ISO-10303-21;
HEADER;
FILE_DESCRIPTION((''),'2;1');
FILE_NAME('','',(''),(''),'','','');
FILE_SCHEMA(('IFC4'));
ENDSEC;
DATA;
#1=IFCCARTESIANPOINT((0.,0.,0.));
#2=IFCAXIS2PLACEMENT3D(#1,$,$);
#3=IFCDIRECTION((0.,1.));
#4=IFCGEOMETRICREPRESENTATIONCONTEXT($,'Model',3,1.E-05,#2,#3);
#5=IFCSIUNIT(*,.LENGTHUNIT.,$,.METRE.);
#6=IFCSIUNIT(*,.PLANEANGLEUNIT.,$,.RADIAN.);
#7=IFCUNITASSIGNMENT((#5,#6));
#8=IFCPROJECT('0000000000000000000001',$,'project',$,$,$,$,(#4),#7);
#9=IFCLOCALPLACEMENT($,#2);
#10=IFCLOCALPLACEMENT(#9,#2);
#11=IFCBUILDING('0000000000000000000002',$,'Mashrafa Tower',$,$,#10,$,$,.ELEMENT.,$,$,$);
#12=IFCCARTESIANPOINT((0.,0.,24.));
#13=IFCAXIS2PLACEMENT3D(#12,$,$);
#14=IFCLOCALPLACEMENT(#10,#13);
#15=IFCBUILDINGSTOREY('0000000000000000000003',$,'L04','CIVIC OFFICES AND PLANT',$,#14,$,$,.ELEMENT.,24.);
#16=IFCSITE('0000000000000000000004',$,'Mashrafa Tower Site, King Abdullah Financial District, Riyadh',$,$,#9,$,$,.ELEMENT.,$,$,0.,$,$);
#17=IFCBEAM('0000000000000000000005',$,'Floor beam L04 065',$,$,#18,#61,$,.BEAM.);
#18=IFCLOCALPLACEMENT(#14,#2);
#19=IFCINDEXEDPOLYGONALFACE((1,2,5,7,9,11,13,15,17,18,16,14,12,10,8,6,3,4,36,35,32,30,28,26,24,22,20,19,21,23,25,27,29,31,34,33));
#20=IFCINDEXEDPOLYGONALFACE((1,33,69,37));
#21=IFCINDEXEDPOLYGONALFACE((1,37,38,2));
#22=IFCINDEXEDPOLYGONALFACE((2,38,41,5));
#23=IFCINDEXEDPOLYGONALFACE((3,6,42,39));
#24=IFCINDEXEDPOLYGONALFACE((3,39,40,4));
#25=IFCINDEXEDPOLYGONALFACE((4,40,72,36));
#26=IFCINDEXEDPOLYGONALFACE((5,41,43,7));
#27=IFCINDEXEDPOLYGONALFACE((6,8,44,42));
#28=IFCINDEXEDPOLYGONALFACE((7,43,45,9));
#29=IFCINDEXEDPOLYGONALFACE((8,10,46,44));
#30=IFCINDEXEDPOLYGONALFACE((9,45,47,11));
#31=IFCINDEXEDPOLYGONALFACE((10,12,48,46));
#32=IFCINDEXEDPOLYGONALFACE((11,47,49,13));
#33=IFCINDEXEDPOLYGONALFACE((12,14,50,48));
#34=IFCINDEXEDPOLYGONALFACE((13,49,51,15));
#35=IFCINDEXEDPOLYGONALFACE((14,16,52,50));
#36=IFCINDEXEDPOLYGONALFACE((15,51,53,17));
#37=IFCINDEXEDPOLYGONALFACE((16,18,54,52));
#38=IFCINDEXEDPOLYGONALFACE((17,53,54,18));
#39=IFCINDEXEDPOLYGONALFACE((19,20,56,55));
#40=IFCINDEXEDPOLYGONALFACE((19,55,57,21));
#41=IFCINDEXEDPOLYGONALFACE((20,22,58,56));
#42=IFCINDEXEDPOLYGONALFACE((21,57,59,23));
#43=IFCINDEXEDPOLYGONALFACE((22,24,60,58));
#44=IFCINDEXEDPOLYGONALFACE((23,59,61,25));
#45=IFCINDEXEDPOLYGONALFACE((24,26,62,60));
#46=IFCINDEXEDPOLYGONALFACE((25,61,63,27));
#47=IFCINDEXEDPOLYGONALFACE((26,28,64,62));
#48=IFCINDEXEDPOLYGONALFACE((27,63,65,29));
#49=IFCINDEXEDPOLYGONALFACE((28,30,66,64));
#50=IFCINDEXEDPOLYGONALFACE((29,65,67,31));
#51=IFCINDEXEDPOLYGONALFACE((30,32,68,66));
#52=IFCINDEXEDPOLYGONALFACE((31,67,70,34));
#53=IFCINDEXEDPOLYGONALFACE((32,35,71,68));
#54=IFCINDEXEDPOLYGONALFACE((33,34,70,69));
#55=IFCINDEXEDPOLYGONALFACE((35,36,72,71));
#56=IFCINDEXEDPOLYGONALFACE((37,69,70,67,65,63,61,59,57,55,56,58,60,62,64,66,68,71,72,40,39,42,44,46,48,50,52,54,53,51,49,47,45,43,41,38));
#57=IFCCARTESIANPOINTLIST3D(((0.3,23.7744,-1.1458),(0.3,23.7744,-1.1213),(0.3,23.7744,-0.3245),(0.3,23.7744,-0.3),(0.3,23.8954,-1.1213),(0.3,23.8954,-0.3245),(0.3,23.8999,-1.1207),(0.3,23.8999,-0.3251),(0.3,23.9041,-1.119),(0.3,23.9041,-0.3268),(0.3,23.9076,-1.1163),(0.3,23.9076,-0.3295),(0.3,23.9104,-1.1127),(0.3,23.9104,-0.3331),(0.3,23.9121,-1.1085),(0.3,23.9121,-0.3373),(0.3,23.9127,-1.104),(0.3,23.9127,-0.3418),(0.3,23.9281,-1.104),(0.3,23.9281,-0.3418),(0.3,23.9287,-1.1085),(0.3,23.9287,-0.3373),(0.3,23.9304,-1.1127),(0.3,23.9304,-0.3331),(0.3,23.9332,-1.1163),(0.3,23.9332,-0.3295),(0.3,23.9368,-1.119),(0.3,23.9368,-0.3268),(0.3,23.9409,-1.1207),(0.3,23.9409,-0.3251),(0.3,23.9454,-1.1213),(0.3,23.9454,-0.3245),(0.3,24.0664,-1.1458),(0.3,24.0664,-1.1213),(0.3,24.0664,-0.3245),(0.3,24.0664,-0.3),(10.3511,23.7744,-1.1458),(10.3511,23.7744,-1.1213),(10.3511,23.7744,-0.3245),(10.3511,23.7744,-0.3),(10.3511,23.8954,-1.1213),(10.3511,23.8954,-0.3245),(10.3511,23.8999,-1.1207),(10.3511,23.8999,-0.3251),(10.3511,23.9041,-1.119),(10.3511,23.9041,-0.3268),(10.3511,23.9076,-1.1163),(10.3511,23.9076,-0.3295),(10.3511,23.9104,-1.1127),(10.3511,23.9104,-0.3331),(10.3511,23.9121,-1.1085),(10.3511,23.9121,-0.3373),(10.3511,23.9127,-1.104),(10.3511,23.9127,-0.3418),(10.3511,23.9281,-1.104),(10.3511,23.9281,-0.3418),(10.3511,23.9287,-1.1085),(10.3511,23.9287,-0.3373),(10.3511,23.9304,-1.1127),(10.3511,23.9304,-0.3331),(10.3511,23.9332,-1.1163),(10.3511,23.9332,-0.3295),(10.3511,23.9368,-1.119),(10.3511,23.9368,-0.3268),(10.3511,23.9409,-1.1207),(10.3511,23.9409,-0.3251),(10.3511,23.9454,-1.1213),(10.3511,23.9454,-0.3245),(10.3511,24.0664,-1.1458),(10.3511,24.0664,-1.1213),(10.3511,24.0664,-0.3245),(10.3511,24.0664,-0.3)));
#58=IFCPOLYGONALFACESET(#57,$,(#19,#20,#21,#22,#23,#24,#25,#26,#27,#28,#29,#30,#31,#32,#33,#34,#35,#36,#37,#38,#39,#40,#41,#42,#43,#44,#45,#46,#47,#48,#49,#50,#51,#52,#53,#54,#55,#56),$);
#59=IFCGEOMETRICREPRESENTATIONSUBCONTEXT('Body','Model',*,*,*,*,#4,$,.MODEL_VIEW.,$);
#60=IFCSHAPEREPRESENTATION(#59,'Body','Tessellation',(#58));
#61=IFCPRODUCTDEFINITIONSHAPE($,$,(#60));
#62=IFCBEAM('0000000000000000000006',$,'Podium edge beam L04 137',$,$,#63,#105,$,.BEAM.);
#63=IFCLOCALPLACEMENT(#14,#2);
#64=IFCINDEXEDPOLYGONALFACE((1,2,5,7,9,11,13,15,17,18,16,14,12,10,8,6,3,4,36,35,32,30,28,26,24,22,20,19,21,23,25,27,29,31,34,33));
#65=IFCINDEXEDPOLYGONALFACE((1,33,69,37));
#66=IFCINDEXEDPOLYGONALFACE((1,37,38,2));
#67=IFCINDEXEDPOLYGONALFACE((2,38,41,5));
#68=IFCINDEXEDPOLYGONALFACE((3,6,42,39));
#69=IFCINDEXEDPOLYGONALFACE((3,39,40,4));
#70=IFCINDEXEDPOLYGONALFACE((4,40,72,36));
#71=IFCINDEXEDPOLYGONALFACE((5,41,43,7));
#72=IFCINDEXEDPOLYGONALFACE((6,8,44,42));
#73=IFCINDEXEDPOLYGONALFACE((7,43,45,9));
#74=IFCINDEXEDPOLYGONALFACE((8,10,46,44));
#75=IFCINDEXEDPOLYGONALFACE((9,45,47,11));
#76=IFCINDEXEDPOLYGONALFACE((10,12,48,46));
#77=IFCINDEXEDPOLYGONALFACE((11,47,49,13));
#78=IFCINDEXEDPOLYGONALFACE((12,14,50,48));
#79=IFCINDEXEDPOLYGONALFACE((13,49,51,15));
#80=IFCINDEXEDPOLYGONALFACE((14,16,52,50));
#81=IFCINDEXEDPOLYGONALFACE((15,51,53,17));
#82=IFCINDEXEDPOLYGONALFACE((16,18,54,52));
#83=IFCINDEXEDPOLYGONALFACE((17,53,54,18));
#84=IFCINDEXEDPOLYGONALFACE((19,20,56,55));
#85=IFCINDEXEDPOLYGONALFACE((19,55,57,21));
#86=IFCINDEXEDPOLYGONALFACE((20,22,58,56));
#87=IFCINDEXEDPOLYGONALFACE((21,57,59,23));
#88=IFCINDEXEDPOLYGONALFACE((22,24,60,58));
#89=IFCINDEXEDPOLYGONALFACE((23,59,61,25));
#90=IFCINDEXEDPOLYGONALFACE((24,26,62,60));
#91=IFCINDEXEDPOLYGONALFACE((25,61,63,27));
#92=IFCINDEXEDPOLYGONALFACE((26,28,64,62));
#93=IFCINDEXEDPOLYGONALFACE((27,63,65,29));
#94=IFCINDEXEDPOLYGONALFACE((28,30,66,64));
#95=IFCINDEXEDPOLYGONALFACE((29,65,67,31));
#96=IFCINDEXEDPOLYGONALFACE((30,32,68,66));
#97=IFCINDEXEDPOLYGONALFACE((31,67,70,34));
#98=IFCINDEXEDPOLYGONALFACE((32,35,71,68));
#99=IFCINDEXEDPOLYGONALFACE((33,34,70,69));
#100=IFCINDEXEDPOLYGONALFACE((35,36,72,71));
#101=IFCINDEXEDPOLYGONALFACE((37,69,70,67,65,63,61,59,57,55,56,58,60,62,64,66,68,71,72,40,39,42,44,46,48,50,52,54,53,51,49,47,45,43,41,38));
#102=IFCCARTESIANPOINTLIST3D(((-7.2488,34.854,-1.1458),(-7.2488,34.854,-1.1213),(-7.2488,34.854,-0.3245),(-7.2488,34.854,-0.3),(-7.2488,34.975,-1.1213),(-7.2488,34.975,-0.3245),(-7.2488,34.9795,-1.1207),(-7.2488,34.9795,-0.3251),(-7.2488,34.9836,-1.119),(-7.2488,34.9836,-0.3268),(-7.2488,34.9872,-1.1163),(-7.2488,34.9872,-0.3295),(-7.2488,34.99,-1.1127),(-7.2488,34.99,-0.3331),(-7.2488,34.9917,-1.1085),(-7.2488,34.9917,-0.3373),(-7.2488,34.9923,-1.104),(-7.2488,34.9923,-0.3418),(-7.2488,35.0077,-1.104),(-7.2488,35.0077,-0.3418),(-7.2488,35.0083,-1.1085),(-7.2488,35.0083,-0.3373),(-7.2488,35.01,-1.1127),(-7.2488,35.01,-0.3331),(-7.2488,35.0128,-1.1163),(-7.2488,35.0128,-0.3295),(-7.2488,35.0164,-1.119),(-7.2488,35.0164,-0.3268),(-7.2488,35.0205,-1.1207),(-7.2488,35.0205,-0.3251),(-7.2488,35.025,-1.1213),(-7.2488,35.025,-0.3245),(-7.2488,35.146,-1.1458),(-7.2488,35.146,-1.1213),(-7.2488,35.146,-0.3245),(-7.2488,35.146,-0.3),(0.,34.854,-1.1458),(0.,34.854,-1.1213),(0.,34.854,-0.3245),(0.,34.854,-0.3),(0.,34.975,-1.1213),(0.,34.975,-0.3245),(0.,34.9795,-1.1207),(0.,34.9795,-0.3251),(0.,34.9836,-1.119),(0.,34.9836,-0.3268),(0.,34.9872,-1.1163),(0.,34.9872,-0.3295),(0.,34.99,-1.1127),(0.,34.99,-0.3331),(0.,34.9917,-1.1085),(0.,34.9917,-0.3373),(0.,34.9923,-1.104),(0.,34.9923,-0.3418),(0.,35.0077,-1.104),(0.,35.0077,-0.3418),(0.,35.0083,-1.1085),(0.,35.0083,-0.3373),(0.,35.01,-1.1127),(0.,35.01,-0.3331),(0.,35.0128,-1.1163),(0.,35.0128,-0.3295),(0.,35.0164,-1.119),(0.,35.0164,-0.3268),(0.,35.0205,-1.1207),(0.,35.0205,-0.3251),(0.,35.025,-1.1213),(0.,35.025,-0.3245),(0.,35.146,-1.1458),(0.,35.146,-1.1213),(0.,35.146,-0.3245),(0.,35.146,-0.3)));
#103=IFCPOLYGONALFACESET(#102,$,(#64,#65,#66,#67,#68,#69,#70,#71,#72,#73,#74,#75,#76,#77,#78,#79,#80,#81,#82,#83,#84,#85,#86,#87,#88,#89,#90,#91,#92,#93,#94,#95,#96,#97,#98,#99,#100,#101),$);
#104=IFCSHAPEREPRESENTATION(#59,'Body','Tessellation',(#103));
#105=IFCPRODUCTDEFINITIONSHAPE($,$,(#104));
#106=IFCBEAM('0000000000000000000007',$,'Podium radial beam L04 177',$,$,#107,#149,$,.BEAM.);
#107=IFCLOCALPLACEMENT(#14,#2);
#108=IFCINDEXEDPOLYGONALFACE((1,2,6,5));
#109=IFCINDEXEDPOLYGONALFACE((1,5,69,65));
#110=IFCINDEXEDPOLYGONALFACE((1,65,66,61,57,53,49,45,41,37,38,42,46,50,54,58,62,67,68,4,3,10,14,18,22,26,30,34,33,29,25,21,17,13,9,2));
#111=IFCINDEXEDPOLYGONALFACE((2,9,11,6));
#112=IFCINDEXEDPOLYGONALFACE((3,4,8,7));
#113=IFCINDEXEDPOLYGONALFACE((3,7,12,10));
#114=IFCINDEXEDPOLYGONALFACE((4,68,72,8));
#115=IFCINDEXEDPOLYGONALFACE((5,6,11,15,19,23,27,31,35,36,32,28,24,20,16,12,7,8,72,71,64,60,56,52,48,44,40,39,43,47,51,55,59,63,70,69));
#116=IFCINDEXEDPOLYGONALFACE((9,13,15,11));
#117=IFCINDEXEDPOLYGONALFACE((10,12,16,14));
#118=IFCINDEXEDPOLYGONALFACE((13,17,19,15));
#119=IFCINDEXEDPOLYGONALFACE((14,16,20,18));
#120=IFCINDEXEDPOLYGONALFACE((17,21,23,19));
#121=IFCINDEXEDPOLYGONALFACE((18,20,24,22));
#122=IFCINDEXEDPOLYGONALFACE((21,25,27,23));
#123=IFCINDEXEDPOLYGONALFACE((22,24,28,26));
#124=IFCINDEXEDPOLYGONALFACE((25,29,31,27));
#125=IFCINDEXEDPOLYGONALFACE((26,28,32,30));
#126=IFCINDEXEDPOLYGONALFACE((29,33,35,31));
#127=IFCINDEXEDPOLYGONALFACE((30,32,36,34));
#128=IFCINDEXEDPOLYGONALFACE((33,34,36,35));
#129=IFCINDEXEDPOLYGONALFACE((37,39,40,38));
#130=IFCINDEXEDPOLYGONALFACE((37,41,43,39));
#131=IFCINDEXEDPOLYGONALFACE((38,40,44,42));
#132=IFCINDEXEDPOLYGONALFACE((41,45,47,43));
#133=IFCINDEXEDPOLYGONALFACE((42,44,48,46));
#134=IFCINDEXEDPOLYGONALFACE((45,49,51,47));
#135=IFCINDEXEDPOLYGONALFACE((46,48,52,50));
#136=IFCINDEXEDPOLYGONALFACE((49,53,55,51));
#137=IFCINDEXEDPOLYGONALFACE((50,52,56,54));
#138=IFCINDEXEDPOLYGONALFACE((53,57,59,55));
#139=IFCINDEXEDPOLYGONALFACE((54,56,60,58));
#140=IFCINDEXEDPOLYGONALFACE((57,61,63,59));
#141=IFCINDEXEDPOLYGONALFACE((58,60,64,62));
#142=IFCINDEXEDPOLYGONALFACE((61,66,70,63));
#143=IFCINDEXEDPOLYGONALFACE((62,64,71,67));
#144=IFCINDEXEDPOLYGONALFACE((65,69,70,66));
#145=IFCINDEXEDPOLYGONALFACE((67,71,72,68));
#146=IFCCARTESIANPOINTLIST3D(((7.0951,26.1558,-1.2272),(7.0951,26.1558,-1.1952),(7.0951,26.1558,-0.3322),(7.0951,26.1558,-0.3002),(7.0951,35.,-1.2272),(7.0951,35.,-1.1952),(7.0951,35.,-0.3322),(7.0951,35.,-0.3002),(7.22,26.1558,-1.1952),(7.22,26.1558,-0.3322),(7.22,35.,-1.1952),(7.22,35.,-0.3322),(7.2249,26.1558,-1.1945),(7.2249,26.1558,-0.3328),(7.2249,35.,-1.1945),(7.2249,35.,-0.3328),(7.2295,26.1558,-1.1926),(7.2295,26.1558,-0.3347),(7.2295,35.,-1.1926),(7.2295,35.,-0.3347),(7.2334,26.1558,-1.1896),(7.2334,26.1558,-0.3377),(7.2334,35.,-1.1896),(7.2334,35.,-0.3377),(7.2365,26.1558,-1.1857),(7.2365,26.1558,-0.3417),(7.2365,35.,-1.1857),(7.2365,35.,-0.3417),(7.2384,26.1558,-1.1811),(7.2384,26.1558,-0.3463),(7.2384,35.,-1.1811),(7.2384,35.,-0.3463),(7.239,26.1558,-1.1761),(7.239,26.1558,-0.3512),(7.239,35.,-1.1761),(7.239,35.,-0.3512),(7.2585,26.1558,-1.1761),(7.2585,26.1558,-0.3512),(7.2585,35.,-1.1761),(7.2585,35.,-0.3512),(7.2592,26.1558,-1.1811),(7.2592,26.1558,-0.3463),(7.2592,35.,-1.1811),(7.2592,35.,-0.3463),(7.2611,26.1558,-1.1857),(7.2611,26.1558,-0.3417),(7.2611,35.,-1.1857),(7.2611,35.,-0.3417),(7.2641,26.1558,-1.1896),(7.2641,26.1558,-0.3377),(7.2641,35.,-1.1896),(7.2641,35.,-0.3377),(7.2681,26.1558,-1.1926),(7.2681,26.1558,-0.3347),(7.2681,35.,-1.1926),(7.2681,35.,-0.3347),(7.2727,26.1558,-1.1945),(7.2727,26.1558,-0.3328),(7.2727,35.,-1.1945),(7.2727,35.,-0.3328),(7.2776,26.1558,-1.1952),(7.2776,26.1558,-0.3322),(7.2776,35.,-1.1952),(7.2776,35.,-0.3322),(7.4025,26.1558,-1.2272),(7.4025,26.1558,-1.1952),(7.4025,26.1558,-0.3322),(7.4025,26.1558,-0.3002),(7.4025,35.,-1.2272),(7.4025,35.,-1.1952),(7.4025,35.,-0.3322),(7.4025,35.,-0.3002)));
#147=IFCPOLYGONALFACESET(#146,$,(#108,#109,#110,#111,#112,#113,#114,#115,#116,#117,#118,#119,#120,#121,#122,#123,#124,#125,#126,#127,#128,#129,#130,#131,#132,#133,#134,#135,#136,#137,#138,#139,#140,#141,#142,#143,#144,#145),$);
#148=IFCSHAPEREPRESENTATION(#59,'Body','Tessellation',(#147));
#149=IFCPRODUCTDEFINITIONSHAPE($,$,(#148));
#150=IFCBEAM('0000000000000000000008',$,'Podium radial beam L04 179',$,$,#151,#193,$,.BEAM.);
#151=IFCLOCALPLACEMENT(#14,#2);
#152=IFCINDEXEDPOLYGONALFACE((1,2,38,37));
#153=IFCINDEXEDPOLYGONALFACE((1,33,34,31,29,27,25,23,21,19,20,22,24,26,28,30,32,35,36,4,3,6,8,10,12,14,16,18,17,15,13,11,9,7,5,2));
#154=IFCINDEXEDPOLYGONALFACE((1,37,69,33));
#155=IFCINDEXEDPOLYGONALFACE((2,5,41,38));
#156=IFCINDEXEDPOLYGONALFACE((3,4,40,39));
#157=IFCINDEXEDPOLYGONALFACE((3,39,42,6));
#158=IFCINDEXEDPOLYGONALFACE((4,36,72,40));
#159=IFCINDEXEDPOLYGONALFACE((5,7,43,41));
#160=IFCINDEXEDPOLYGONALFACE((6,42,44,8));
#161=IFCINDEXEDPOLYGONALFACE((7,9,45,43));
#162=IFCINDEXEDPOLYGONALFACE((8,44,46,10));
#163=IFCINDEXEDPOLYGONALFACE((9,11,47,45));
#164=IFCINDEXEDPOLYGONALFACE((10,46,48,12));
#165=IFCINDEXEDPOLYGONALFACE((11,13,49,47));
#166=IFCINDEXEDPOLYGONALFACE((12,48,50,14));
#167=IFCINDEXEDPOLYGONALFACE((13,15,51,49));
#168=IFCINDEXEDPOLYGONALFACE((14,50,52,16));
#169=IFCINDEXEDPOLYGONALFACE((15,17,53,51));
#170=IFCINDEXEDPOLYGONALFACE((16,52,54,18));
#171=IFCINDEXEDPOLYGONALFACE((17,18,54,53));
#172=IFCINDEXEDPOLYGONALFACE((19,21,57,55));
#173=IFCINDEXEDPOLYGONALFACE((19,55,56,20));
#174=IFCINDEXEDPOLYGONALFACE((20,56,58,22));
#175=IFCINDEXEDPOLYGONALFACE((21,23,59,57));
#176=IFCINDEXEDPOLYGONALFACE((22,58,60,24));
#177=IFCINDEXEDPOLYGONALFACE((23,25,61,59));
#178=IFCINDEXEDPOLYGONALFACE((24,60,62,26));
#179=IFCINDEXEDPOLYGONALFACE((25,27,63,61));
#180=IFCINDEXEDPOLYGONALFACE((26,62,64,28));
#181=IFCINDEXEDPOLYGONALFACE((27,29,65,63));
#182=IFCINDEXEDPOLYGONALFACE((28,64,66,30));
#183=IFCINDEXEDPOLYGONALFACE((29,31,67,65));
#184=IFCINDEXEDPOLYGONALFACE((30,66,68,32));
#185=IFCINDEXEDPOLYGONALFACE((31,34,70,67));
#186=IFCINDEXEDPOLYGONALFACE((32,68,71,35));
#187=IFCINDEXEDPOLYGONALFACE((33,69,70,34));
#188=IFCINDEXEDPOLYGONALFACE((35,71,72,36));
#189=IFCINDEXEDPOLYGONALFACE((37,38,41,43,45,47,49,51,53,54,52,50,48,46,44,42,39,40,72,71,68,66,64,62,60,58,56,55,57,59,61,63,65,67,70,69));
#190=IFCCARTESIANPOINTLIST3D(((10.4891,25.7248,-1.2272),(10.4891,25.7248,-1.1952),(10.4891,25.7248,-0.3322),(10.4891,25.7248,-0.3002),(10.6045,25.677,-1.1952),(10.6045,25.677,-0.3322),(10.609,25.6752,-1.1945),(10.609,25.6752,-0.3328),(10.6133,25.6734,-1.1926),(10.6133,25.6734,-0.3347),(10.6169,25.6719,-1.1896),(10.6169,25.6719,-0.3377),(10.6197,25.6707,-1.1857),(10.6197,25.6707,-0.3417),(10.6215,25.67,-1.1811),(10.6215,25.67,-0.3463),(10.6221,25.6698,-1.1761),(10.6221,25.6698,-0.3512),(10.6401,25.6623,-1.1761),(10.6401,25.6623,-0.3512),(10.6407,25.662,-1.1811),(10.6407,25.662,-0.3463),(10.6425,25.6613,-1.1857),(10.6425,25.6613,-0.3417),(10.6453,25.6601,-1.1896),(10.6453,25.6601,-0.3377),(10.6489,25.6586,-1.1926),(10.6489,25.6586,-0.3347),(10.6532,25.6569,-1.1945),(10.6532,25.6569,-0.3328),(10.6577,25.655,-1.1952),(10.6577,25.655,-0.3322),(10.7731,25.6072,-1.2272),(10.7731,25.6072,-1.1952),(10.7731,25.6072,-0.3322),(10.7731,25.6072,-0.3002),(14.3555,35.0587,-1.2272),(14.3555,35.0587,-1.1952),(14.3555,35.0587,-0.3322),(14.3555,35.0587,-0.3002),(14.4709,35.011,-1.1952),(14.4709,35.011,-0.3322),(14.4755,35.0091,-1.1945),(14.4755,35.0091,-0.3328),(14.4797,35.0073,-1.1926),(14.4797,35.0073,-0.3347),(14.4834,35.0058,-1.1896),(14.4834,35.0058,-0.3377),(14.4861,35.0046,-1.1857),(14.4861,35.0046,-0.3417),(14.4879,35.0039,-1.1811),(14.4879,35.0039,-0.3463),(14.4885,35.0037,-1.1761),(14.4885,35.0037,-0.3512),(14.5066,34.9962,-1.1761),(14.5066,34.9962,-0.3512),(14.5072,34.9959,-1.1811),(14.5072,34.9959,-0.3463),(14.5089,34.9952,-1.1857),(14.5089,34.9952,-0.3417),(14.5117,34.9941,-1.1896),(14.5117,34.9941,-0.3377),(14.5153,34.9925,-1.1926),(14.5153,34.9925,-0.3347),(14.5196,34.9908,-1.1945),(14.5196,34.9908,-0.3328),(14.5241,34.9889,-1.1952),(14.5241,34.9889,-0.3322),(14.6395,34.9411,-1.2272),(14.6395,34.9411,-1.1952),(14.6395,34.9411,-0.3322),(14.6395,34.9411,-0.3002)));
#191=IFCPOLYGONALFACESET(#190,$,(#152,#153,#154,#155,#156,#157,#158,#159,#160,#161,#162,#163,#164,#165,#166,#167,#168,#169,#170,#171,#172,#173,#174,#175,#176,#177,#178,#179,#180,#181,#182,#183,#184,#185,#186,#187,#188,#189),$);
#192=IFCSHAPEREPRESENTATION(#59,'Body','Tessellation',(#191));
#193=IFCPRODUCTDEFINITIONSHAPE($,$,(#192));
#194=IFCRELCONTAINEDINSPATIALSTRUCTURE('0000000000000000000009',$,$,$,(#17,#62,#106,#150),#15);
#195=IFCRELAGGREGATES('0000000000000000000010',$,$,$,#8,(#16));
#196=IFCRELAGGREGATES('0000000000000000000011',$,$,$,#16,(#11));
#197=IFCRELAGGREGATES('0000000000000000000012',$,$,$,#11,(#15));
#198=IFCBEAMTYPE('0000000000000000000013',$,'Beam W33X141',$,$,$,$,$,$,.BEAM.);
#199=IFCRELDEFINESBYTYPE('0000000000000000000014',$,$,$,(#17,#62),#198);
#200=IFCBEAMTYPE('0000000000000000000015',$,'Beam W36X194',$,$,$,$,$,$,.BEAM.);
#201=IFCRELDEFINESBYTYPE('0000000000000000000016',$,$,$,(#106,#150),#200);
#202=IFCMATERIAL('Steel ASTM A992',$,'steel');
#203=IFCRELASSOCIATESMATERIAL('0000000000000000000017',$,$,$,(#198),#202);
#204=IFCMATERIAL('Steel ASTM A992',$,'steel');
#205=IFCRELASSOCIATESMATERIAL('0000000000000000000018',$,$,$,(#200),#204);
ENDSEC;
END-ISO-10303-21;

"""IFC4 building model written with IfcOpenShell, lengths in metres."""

from ifc_helpers import new_model, si_unit, direction, frame, origin, origin_2d, place, context, subcontext, project, spatial, i_section, extrude, material, material_profile, profile_set, type_object, element, save


model = new_model("IFC4")

# Units and contexts
model_context = context("Model", 3, precision=1e-05, world=origin(), true_north=direction((0.0, 1.0)))
body_context = subcontext(model_context, "Body", "Model", "MODEL_VIEW")
ifc_project = project(units=[si_unit("LENGTHUNIT", "METRE"), si_unit("PLANEANGLEUNIT", "RADIAN")], contexts=[model_context])

# Site, building, storey
site_placement = place(None, origin())
site = spatial("IfcSite", under=ifc_project, at=site_placement, Name="Mashrafa Tower Site, King Abdullah Financial District, Riyadh", CompositionType="ELEMENT", RefElevation=0.0)
building_placement = place(site_placement, origin())
building = spatial("IfcBuilding", under=site, at=building_placement, Name="Mashrafa Tower", CompositionType="ELEMENT")
storey_placement = place(building_placement, frame((0.0, 0.0, 24.0)))
storey = spatial("IfcBuildingStorey", under=building, at=storey_placement, Name="L04", Description="CIVIC OFFICES AND PLANT", CompositionType="ELEMENT", Elevation=24.0)

# Beams
ifc_material_1 = material(Name="Steel ASTM A992", Category="steel")
ifc_material_profile_1 = material_profile(ifc_material_1, i_section(OverallWidth=0.292, OverallDepth=0.8457, WebThickness=0.0154, FlangeThickness=0.0244, FilletRadius=0.0173, at=origin_2d()), Name="W33X141")
ifc_profile_set_1 = profile_set([ifc_material_profile_1], Name="Steel ASTM A992")
beam_type_1 = type_object("IfcBeamType", Name="Beam W33X141", PredefinedType="BEAM", material=ifc_profile_set_1)
beam_1_placement = place(storey_placement, frame((0.3, 23.9204, -0.7229), z_axis=(1.0, 0.0, 0.0), x_axis=(0.0, 1.0, 0.0)))
element("IfcBeam", 1, at=beam_1_placement, inside=storey, type_object=beam_type_1, Name="Floor beam L04 065", PredefinedType="BEAM", context=body_context, shape_type="SweptSolid", body=[
    extrude(i_section(OverallWidth=0.292, OverallDepth=0.8457, WebThickness=0.0154, FlangeThickness=0.0244, FilletRadius=0.0173, at=origin_2d()), origin(), (0.0, 0.0, 1.0), 10.051),
])
beam_2_placement = place(storey_placement, frame((0.0, 35.0, -0.7229), z_axis=(-1.0, 0.0, 0.0), x_axis=(0.0, -1.0, 0.0)))
element("IfcBeam", 2, at=beam_2_placement, inside=storey, type_object=beam_type_1, Name="Podium edge beam L04 137", PredefinedType="BEAM", context=body_context, shape_type="SweptSolid", body=[
    extrude(i_section(OverallWidth=0.292, OverallDepth=0.8457, WebThickness=0.0154, FlangeThickness=0.0244, FilletRadius=0.0173, at=origin_2d()), origin(), (0.0, 0.0, 1.0), 7.2488),
])
ifc_material_2 = material(Name="Steel ASTM A992", Category="steel")
ifc_material_profile_2 = material_profile(ifc_material_2, i_section(OverallWidth=0.3074, OverallDepth=0.927, WebThickness=0.0195, FlangeThickness=0.032, FilletRadius=0.019, at=origin_2d()), Name="W36X194")
ifc_profile_set_2 = profile_set([ifc_material_profile_2], Name="Steel ASTM A992")
beam_type_2 = type_object("IfcBeamType", Name="Beam W36X194", PredefinedType="BEAM", material=ifc_profile_set_2)
beam_3_placement = place(storey_placement, frame((7.2488, 26.1558, -0.7637), z_axis=(0.0, 1.0, 0.0), x_axis=(-1.0, 0.0, 0.0)))
element("IfcBeam", 3, at=beam_3_placement, inside=storey, type_object=beam_type_2, Name="Podium radial beam L04 177", PredefinedType="BEAM", context=body_context, shape_type="SweptSolid", body=[
    extrude(i_section(OverallWidth=0.3074, OverallDepth=0.927, WebThickness=0.0195, FlangeThickness=0.032, FilletRadius=0.019, at=origin_2d()), origin(), (0.0, 0.0, 1.0), 8.8442),
])
beam_4_placement = place(storey_placement, frame((10.6311, 25.666, -0.7637), z_axis=(0.3827, 0.923873, 0.0), x_axis=(-0.923873, 0.3827, 0.0)))
element("IfcBeam", 4, at=beam_4_placement, inside=storey, type_object=beam_type_2, Name="Podium radial beam L04 179", PredefinedType="BEAM", context=body_context, shape_type="SweptSolid", body=[
    extrude(i_section(OverallWidth=0.3074, OverallDepth=0.927, WebThickness=0.0195, FlangeThickness=0.032, FilletRadius=0.019, at=origin_2d()), origin(), (0.0, 0.0, 1.0), 10.103),
])

save(model, "model.ifc")
